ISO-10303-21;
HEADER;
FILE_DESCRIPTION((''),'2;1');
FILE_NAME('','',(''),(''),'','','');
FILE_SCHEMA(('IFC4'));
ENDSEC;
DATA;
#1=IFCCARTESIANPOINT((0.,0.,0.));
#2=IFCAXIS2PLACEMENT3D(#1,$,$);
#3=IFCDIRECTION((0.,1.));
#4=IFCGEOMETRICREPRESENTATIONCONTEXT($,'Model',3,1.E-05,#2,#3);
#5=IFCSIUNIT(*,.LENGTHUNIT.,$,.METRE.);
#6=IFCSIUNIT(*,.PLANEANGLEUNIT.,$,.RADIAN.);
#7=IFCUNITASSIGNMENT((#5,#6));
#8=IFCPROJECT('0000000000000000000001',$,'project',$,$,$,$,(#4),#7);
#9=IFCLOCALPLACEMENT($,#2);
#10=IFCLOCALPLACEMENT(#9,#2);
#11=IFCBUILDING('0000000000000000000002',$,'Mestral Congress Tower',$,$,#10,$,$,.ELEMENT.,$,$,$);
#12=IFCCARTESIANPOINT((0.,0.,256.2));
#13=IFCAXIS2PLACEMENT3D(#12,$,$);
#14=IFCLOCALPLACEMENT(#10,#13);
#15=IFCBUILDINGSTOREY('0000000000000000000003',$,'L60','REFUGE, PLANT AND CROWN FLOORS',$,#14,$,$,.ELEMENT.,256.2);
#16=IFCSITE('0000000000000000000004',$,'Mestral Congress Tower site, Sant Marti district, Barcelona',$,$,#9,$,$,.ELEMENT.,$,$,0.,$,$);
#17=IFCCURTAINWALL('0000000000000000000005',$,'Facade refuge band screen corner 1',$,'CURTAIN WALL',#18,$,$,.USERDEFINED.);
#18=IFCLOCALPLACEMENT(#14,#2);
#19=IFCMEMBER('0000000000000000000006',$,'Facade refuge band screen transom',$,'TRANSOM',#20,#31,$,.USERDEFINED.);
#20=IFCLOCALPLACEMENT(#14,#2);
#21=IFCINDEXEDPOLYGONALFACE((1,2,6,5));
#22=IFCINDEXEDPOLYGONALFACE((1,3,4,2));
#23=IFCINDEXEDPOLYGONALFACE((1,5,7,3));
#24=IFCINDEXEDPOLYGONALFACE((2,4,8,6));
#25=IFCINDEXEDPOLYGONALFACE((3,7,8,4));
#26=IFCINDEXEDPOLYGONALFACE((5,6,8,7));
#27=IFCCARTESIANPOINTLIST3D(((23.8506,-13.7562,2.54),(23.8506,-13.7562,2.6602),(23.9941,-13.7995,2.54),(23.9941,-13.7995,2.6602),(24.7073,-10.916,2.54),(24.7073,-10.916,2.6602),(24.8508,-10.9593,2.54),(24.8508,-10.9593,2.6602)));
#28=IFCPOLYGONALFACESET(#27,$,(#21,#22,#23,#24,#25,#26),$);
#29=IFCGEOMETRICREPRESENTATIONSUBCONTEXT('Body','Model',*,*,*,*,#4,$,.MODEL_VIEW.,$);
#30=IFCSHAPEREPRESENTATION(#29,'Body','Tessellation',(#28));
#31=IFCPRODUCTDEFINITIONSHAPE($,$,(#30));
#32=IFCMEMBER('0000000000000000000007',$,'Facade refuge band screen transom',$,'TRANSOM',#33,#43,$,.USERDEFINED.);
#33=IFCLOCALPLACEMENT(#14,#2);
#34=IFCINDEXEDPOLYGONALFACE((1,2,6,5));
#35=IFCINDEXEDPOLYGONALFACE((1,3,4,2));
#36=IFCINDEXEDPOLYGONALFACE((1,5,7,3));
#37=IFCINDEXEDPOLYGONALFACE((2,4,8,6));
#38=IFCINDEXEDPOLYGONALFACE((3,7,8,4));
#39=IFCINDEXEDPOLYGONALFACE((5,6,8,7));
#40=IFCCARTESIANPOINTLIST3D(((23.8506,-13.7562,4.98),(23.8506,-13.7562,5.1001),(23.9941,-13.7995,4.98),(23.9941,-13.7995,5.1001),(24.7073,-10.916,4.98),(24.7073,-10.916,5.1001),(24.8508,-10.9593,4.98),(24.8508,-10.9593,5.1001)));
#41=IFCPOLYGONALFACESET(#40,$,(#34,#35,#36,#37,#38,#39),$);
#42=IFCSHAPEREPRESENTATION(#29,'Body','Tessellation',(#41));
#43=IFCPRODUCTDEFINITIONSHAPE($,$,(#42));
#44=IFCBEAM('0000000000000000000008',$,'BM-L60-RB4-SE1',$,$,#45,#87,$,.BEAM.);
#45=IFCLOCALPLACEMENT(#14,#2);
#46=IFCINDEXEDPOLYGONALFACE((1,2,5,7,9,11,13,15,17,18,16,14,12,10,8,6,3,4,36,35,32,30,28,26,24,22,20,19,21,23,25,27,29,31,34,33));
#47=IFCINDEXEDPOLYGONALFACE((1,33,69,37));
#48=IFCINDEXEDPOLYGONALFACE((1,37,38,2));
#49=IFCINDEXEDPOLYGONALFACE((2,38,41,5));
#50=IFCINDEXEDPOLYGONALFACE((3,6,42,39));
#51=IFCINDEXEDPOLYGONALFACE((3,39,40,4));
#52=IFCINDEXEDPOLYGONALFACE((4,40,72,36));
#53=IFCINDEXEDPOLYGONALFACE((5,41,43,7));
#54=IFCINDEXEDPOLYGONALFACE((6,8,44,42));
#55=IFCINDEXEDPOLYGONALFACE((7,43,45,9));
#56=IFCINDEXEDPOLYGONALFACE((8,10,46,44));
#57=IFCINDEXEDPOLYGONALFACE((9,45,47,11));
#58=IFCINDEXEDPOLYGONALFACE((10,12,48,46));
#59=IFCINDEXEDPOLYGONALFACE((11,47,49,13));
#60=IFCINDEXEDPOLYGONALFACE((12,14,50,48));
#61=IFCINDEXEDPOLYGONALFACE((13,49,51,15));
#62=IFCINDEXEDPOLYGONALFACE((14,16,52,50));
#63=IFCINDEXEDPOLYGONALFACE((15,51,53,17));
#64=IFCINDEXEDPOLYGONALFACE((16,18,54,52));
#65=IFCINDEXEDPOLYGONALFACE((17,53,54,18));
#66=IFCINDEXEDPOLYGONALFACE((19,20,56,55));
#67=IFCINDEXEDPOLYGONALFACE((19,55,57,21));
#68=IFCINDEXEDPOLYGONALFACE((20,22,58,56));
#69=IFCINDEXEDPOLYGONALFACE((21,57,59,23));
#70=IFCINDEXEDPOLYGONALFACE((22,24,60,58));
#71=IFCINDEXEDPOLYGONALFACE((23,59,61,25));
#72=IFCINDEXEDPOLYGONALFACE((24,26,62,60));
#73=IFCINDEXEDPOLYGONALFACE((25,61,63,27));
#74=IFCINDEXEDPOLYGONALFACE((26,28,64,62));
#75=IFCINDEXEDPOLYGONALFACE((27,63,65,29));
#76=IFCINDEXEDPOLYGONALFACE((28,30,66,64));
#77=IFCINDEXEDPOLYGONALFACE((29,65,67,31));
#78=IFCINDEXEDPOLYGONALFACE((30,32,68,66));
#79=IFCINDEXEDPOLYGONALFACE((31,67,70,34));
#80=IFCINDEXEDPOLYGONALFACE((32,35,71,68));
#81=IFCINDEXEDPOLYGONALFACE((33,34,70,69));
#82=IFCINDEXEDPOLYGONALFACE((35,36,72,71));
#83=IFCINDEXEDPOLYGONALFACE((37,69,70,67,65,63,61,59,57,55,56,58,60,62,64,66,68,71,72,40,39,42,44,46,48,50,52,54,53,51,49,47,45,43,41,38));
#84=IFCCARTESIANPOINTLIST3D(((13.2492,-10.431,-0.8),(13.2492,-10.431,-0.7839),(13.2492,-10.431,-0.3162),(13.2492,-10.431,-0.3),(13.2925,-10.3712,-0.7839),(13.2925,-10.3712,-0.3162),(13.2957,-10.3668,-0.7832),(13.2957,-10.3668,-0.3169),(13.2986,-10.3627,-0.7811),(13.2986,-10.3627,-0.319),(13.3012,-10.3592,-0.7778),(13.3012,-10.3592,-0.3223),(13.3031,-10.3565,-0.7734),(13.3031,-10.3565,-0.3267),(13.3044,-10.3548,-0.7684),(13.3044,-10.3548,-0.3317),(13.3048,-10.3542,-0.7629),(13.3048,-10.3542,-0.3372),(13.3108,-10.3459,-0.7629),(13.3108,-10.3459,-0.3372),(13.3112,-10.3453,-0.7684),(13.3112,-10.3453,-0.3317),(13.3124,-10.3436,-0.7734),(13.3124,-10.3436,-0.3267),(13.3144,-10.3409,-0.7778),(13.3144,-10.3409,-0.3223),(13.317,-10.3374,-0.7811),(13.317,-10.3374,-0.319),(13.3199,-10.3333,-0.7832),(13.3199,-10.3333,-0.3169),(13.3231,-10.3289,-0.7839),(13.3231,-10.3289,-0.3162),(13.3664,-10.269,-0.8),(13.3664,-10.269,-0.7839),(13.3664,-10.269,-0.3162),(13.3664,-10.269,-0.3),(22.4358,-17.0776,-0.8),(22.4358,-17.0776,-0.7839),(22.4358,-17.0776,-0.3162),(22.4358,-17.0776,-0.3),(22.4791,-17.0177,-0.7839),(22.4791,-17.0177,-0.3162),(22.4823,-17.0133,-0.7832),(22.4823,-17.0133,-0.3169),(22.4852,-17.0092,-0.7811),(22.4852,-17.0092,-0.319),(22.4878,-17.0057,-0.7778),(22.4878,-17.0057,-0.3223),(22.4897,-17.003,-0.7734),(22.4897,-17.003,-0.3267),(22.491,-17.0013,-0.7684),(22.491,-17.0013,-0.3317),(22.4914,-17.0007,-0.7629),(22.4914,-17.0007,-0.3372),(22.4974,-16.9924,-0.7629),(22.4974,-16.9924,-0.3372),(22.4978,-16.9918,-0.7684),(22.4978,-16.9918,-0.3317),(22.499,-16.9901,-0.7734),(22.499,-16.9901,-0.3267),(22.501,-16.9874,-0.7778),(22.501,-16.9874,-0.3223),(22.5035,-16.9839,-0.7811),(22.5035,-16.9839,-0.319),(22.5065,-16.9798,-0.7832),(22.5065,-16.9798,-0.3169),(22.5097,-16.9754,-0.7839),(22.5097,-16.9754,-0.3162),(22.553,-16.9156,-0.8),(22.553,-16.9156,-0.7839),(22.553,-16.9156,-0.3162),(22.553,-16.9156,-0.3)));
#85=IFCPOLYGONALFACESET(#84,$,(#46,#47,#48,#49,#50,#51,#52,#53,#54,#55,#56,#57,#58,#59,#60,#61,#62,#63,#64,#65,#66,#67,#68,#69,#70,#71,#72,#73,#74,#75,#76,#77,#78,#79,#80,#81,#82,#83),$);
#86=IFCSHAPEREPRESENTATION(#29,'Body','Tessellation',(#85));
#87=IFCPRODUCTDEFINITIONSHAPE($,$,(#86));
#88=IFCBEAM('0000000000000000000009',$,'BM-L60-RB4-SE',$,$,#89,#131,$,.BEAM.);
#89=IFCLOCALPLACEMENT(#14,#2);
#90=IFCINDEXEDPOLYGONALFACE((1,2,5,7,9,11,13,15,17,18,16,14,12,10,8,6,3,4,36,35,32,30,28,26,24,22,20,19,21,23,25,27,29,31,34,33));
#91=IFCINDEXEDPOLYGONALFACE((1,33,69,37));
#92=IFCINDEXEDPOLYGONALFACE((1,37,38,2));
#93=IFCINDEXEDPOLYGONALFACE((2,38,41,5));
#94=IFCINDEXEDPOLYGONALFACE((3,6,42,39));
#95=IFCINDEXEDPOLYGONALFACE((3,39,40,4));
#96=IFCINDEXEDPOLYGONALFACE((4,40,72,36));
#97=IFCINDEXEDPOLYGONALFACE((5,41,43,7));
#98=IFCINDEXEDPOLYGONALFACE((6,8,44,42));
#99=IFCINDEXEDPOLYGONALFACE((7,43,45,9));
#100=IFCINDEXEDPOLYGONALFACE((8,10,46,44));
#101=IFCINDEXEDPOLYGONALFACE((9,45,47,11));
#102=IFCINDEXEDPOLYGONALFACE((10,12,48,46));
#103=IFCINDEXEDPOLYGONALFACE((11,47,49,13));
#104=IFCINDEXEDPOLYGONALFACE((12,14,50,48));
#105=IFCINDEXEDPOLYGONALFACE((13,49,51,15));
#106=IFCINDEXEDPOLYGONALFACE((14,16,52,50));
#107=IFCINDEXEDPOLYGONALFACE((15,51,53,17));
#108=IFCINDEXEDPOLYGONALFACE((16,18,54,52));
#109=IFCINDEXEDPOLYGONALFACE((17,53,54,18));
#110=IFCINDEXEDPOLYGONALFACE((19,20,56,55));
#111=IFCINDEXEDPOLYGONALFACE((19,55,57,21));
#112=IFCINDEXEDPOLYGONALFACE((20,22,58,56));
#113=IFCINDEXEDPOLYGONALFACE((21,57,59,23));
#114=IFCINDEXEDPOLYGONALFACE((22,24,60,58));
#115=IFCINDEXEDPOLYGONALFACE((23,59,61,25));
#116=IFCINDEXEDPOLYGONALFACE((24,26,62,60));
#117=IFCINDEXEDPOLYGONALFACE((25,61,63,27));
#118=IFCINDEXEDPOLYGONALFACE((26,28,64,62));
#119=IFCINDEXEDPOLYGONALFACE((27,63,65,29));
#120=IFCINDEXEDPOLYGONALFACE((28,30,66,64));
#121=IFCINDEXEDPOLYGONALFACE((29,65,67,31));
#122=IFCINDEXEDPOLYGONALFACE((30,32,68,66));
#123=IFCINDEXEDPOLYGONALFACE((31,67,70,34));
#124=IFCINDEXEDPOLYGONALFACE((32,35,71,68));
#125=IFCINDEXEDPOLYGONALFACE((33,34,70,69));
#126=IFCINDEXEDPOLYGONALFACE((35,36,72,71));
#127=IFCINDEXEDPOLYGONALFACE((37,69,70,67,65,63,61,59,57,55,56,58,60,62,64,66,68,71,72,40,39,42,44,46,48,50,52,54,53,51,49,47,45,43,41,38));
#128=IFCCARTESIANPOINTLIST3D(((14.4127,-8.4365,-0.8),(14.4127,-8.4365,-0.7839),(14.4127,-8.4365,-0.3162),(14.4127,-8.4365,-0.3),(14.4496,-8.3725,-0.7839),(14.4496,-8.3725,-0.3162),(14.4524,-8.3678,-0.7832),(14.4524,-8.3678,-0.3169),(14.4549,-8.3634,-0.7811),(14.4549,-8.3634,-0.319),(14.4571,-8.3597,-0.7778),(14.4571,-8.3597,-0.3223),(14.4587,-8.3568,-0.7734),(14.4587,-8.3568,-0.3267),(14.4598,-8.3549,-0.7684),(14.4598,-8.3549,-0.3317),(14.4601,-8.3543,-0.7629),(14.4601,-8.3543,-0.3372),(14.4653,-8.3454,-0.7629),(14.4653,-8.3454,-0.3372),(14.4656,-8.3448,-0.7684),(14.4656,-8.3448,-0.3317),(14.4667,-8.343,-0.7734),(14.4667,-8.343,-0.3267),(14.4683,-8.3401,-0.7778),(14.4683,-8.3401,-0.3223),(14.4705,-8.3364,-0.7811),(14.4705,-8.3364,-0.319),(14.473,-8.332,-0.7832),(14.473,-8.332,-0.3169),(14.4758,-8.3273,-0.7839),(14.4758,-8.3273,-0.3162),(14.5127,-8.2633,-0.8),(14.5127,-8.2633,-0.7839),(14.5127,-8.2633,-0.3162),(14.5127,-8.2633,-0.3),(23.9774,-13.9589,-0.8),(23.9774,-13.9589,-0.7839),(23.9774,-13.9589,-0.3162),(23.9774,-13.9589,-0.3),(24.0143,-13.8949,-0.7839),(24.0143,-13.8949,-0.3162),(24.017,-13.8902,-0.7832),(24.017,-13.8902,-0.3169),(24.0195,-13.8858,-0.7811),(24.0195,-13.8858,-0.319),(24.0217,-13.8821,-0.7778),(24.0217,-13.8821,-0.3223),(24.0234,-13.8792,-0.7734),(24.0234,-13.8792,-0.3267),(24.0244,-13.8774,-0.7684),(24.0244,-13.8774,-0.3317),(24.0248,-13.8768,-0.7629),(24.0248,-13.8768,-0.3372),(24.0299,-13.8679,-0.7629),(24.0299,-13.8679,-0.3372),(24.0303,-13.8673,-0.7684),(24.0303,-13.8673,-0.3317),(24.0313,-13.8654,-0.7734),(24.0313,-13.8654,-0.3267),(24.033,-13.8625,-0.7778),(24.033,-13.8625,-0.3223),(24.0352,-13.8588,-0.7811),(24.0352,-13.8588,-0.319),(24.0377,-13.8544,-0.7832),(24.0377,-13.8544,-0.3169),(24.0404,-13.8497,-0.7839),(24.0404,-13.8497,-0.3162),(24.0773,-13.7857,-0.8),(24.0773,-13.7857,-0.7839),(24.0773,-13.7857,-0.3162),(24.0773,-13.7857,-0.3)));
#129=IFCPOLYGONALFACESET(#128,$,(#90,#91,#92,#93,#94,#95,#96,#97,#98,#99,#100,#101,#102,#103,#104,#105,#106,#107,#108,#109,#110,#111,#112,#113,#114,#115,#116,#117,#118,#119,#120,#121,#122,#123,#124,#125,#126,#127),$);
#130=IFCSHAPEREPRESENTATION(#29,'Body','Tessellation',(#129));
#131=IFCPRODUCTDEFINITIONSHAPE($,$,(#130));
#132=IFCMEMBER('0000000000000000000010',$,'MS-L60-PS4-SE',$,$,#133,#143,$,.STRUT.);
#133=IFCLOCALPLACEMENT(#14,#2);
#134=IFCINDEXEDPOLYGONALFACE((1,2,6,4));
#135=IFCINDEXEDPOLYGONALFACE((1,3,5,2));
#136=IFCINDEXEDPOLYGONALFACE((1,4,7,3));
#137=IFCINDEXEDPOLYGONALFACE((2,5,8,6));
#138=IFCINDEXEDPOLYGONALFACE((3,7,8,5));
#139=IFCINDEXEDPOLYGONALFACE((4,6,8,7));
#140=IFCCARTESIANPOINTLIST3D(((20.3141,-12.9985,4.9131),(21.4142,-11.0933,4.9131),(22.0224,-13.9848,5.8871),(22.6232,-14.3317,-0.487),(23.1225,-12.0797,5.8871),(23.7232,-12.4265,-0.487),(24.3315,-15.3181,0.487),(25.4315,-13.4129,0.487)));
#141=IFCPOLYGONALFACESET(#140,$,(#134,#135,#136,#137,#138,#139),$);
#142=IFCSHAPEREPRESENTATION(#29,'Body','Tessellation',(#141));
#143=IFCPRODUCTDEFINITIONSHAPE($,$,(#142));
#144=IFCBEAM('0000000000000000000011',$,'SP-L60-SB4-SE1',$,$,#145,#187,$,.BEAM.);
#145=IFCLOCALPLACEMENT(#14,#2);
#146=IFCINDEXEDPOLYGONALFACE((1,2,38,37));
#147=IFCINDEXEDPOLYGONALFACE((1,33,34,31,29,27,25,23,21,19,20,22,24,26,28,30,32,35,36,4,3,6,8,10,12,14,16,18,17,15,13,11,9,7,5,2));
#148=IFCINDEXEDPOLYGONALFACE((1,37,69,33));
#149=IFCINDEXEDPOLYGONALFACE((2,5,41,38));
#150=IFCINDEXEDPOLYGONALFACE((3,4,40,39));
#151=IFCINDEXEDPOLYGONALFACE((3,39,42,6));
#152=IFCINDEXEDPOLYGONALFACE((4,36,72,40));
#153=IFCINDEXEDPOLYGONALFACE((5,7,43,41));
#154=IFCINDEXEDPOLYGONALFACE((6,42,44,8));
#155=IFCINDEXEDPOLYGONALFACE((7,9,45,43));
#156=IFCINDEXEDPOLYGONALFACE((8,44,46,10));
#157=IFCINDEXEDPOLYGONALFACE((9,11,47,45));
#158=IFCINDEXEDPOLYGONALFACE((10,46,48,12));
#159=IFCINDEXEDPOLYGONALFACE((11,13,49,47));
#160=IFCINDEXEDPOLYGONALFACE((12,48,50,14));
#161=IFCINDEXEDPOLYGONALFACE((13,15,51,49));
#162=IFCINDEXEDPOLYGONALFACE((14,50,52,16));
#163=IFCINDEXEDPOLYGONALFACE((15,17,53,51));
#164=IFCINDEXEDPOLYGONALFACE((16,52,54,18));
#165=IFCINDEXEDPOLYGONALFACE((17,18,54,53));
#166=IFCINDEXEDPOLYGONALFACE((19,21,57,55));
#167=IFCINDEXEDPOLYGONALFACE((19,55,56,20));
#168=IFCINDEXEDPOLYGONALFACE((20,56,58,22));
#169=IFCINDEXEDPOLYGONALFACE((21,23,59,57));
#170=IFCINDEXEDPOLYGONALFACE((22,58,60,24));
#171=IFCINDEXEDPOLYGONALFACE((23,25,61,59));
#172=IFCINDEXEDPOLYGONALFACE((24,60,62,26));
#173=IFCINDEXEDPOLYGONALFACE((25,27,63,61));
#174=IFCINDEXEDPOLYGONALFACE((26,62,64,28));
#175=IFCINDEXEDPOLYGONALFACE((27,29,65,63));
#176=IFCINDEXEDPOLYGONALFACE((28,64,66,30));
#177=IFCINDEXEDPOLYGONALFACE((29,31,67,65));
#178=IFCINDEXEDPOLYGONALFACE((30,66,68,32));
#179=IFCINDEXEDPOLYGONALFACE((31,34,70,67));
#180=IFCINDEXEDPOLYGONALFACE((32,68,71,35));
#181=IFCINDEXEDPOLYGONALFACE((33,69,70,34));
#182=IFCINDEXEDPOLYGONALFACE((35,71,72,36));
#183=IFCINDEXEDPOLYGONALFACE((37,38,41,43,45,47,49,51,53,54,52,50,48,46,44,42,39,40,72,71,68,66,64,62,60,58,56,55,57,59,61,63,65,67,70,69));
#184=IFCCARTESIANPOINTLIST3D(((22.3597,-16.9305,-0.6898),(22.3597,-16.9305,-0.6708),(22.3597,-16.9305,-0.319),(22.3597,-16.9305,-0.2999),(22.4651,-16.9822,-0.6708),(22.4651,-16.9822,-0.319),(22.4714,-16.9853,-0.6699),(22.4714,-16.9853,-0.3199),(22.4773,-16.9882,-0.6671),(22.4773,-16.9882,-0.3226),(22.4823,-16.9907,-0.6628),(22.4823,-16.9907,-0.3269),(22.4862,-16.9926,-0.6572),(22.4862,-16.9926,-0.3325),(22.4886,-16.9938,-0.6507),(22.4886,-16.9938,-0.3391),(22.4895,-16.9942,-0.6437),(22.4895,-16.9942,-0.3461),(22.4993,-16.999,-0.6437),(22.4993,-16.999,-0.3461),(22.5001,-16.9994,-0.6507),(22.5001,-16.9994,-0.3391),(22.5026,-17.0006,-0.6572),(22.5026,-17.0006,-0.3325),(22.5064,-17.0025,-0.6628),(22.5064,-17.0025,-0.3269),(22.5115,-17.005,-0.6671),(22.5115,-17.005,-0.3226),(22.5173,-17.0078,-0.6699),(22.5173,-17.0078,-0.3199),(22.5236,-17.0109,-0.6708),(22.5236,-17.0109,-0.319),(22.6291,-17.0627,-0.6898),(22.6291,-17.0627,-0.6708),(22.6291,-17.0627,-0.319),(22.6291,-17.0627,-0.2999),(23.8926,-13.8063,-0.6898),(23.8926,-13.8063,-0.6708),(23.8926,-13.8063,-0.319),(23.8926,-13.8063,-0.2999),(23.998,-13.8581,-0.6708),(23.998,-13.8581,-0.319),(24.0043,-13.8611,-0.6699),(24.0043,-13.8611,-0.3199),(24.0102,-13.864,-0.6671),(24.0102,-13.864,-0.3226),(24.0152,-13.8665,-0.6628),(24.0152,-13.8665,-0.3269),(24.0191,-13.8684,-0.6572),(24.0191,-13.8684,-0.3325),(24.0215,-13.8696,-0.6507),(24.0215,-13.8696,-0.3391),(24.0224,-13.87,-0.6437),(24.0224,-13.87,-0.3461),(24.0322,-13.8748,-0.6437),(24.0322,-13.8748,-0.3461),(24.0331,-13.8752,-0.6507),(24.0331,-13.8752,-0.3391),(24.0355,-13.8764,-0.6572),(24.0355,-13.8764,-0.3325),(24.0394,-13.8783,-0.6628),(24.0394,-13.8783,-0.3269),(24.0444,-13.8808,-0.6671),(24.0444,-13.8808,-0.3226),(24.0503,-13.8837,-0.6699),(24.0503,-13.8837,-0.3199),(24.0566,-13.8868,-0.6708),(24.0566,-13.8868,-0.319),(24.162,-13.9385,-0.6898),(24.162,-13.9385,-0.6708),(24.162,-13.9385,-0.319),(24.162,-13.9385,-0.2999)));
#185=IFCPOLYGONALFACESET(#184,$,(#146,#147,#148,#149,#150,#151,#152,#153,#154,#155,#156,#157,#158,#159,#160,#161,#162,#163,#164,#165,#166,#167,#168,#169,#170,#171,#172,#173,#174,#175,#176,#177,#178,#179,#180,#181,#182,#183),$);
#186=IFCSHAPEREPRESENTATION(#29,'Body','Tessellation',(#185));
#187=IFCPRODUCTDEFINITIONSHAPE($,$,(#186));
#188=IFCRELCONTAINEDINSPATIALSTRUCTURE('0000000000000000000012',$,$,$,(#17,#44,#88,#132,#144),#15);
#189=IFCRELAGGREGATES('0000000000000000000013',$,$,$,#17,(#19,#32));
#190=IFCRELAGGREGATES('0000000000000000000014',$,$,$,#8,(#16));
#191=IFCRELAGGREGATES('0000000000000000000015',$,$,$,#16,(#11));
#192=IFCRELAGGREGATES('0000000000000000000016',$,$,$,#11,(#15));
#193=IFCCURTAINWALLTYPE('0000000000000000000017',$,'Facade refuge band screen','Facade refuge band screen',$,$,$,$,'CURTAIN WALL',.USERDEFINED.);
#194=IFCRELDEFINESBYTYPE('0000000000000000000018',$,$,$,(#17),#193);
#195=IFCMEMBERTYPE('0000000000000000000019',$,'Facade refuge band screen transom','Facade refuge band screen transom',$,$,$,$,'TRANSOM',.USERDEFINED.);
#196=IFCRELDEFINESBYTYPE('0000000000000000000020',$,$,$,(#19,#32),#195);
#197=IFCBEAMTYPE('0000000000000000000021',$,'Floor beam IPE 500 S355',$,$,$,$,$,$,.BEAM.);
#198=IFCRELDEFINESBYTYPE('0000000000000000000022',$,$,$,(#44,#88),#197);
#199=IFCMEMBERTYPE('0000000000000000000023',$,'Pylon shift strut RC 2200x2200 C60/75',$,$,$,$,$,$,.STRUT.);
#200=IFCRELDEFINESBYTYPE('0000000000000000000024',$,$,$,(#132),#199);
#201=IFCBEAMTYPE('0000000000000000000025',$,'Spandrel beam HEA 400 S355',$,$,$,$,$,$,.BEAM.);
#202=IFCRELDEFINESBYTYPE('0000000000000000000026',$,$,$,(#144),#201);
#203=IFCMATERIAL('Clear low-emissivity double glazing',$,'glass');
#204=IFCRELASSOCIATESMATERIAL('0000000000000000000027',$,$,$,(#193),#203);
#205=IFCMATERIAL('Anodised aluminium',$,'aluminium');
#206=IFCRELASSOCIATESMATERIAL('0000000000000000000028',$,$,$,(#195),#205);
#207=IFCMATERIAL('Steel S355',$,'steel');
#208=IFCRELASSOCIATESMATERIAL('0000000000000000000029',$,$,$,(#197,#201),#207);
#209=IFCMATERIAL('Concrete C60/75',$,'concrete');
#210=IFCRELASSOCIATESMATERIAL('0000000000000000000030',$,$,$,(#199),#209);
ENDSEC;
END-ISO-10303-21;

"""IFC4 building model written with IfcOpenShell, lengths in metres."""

from ifc_helpers import new_model, si_unit, direction, frame, origin, origin_2d, place, context, subcontext, project, spatial, rectangle, i_section, extrude, material, material_profile, profile_set, type_object, element, aggregate, save


model = new_model("IFC4")

# Units and contexts
model_context = context("Model", 3, precision=1e-05, world=origin(), true_north=direction((0.0, 1.0)))
body_context = subcontext(model_context, "Body", "Model", "MODEL_VIEW")
ifc_project = project(units=[si_unit("LENGTHUNIT", "METRE"), si_unit("PLANEANGLEUNIT", "RADIAN")], contexts=[model_context])

# Site, building, storey
site_placement = place(None, origin())
site = spatial("IfcSite", under=ifc_project, at=site_placement, Name="Mestral Congress Tower site, Sant Marti district, Barcelona", CompositionType="ELEMENT", RefElevation=0.0)
building_placement = place(site_placement, origin())
building = spatial("IfcBuilding", under=site, at=building_placement, Name="Mestral Congress Tower", CompositionType="ELEMENT")
storey_placement = place(building_placement, frame((0.0, 0.0, 256.2)))
storey = spatial("IfcBuildingStorey", under=building, at=storey_placement, Name="L60", Description="REFUGE, PLANT AND CROWN FLOORS", CompositionType="ELEMENT", Elevation=256.2)

# Shared definitions
ifc_material_1 = material(Name="Steel S355", Category="steel")

# Curtain wall, members
ifc_material_2 = material(Name="Clear low-emissivity double glazing", Category="glass")
curtain_wall_type = type_object("IfcCurtainWallType", Name="Facade refuge band screen", Description="Facade refuge band screen", ElementType="CURTAIN WALL", PredefinedType="USERDEFINED", material=ifc_material_2)
curtain_wall_placement = place(storey_placement, origin())
curtain_wall = element("IfcCurtainWall", 1, at=curtain_wall_placement, inside=storey, type_object=curtain_wall_type, Name="Facade refuge band screen corner 1", ObjectType="CURTAIN WALL", PredefinedType="USERDEFINED")
ifc_material_3 = material(Name="Anodised aluminium", Category="aluminium")
ifc_material_profile_1 = material_profile(ifc_material_3, rectangle(XDim=0.1499, YDim=0.1201, at=origin_2d()), Name="CW3 transom 150 x 120")
ifc_profile_set_1 = profile_set([ifc_material_profile_1], Name="Anodised aluminium")
member_type_1 = type_object("IfcMemberType", Name="Facade refuge band screen transom", Description="Facade refuge band screen transom", ElementType="TRANSOM", PredefinedType="USERDEFINED", material=ifc_profile_set_1)
member_1_placement = place(storey_placement, frame((23.9224, -13.7778, 2.6001), z_axis=(0.28879, 0.957393, 0.0), x_axis=(-0.957393, 0.28879, 0.0)))
member_1 = element("IfcMember", 2, at=member_1_placement, type_object=member_type_1, Name="Facade refuge band screen transom", ObjectType="TRANSOM", PredefinedType="USERDEFINED", context=body_context, shape_type="SweptSolid", body=[
    extrude(rectangle(XDim=0.1499, YDim=0.1201, at=origin_2d()), origin(), (0.0, 0.0, 1.0), 2.9666),
])
member_2_placement = place(storey_placement, frame((23.9224, -13.7778, 5.04), z_axis=(0.28879, 0.957393, 0.0), x_axis=(-0.957393, 0.28879, 0.0)))
member_2 = element("IfcMember", 3, at=member_2_placement, type_object=member_type_1, Name="Facade refuge band screen transom", ObjectType="TRANSOM", PredefinedType="USERDEFINED", context=body_context, shape_type="SweptSolid", body=[
    extrude(rectangle(XDim=0.1499, YDim=0.1201, at=origin_2d()), origin(), (0.0, 0.0, 1.0), 2.9666),
])

# Beams
ifc_material_profile_2 = material_profile(ifc_material_1, i_section(OverallWidth=0.2, OverallDepth=0.5, WebThickness=0.0103, FlangeThickness=0.0161, FilletRadius=0.021, at=origin_2d()), Name="IPE 500")
ifc_profile_set_2 = profile_set([ifc_material_profile_2], Name="Steel S355")
beam_type_1 = type_object("IfcBeamType", Name="Floor beam IPE 500 S355", PredefinedType="BEAM", material=ifc_profile_set_2)
beam_1_placement = place(storey_placement, frame((22.4944, -16.9966, -0.55), z_axis=(-0.810186, 0.586173, 0.0), x_axis=(-0.586173, -0.810186, 0.0)))
element("IfcBeam", 4, at=beam_1_placement, inside=storey, type_object=beam_type_1, Name="BM-L60-RB4-SE1", PredefinedType="BEAM", context=body_context, shape_type="SweptSolid", body=[
    extrude(i_section(OverallWidth=0.2, OverallDepth=0.5, WebThickness=0.0103, FlangeThickness=0.0161, FilletRadius=0.021, at=origin_2d()), origin(), (0.0, 0.0, 1.0), 11.3389),
])
beam_2_placement = place(storey_placement, frame((24.0273, -13.8723, -0.55), z_axis=(-0.866014, 0.500019, 0.0), x_axis=(-0.500019, -0.866014, 0.0)))
element("IfcBeam", 5, at=beam_2_placement, inside=storey, type_object=beam_type_1, Name="BM-L60-RB4-SE", PredefinedType="BEAM", context=body_context, shape_type="SweptSolid", body=[
    extrude(i_section(OverallWidth=0.2, OverallDepth=0.5, WebThickness=0.0103, FlangeThickness=0.0161, FilletRadius=0.021, at=origin_2d()), origin(), (0.0, 0.0, 1.0), 11.0444),
])

# Member
ifc_material_4 = material(Name="Concrete C60/75", Category="concrete")
ifc_material_profile_3 = material_profile(ifc_material_4, rectangle(XDim=2.2, YDim=2.2, at=origin_2d()), Name="RC 2200x2200")
ifc_profile_set_3 = profile_set([ifc_material_profile_3], Name="Concrete C60/75")
member_type_2 = type_object("IfcMemberType", Name="Pylon shift strut RC 2200x2200 C60/75", PredefinedType="STRUT", material=ifc_profile_set_3)
member_3_placement = place(storey_placement, frame((24.0273, -13.8723, 0.0), z_axis=(-0.383407, 0.221377, 0.896656), x_axis=(-0.500029, -0.866009, 0.0)))
element("IfcMember", 6, at=member_3_placement, inside=storey, type_object=member_type_2, Name="MS-L60-PS4-SE", PredefinedType="STRUT", context=body_context, shape_type="SweptSolid", body=[
    extrude(rectangle(XDim=2.2, YDim=2.2, at=origin_2d()), origin(), (0.0, 0.0, 1.0), 6.0225),
])

# Beam
ifc_material_profile_4 = material_profile(ifc_material_1, i_section(OverallWidth=0.3, OverallDepth=0.3899, WebThickness=0.011, FlangeThickness=0.019, FilletRadius=0.0271, at=origin_2d()), Name="HEA 400")
ifc_profile_set_4 = profile_set([ifc_material_profile_4], Name="Steel S355")
beam_type_2 = type_object("IfcBeamType", Name="Spandrel beam HEA 400 S355", PredefinedType="BEAM", material=ifc_profile_set_4)
beam_3_placement = place(storey_placement, frame((22.4944, -16.9966, -0.4949), z_axis=(0.440494, 0.897755, 0.0), x_axis=(-0.897755, 0.440494, 0.0)))
element("IfcBeam", 7, at=beam_3_placement, inside=storey, type_object=beam_type_2, Name="SP-L60-SB4-SE1", PredefinedType="BEAM", context=body_context, shape_type="SweptSolid", body=[
    extrude(i_section(OverallWidth=0.3, OverallDepth=0.3899, WebThickness=0.011, FlangeThickness=0.019, FilletRadius=0.0271, at=origin_2d()), origin(), (0.0, 0.0, 1.0), 3.48),
])

aggregate(curtain_wall, [member_1, member_2])

save(model, "model.ifc")
